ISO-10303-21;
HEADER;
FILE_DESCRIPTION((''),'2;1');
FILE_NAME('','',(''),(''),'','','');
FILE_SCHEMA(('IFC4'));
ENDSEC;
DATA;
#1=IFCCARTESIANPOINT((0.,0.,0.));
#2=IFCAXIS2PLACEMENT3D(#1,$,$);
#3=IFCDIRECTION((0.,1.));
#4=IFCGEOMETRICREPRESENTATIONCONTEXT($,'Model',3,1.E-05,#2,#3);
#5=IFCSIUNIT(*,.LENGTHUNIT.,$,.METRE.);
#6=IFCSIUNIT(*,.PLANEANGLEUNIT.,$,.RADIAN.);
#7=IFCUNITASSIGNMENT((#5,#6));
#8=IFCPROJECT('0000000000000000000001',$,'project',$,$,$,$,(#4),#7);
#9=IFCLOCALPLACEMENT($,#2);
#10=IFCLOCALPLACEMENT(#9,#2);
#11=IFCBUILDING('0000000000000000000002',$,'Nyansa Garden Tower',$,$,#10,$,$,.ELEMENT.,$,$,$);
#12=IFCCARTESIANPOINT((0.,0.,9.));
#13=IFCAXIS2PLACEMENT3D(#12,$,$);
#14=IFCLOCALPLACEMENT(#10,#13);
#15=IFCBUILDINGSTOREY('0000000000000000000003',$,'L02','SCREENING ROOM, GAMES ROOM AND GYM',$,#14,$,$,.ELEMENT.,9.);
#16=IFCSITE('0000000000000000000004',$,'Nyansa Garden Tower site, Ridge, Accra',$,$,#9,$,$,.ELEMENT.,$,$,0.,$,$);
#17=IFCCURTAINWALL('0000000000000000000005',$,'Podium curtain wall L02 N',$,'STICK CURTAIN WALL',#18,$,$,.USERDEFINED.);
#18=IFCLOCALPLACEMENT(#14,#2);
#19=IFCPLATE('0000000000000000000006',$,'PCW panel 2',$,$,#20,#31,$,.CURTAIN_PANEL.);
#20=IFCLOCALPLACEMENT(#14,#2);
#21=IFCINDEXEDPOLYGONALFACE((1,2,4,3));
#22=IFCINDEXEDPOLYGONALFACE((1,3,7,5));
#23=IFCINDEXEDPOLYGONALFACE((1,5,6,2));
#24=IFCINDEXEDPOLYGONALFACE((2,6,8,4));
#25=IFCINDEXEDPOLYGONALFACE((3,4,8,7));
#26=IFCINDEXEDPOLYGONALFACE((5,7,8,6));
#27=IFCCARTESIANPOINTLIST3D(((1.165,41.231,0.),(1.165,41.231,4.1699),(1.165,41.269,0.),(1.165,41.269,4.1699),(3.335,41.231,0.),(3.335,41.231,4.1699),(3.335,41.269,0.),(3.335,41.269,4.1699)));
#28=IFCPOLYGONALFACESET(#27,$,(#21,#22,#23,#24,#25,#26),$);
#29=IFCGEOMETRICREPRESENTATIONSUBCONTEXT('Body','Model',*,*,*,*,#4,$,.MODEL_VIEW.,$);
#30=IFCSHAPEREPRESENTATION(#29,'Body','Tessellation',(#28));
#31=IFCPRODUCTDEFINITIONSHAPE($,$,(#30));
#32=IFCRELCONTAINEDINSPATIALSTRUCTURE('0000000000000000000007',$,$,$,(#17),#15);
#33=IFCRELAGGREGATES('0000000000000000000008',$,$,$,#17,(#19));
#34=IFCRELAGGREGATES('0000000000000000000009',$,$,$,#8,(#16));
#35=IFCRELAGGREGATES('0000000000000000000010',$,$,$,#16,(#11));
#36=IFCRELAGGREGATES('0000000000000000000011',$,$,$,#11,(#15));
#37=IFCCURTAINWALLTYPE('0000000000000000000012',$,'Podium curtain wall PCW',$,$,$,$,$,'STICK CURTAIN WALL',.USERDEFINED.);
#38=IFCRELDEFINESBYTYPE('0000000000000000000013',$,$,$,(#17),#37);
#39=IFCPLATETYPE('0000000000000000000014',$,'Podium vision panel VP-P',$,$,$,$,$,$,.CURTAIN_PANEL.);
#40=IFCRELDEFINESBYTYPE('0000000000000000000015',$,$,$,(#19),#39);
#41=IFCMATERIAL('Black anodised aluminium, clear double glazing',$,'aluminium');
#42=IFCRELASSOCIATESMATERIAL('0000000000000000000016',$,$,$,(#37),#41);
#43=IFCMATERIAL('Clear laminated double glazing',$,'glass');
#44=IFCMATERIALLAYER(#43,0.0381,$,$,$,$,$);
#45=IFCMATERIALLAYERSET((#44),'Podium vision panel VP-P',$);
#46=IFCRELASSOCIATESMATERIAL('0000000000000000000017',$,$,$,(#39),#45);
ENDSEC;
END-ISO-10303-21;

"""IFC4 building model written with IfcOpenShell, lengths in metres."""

from ifc_helpers import new_model, si_unit, direction, frame, origin, origin_2d, place, context, subcontext, project, spatial, rectangle, extrude, material, layer, layer_set, type_object, element, aggregate, save


model = new_model("IFC4")

# Units and contexts
model_context = context("Model", 3, precision=1e-05, world=origin(), true_north=direction((0.0, 1.0)))
body_context = subcontext(model_context, "Body", "Model", "MODEL_VIEW")
ifc_project = project(units=[si_unit("LENGTHUNIT", "METRE"), si_unit("PLANEANGLEUNIT", "RADIAN")], contexts=[model_context])

# Site, building, storey
site_placement = place(None, origin())
site = spatial("IfcSite", under=ifc_project, at=site_placement, Name="Nyansa Garden Tower site, Ridge, Accra", CompositionType="ELEMENT", RefElevation=0.0)
building_placement = place(site_placement, origin())
building = spatial("IfcBuilding", under=site, at=building_placement, Name="Nyansa Garden Tower", CompositionType="ELEMENT")
storey_placement = place(building_placement, frame((0.0, 0.0, 9.0)))
storey = spatial("IfcBuildingStorey", under=building, at=storey_placement, Name="L02", Description="SCREENING ROOM, GAMES ROOM AND GYM", CompositionType="ELEMENT", Elevation=9.0)

# Curtain wall
ifc_material_1 = material(Name="Black anodised aluminium, clear double glazing", Category="aluminium")
curtain_wall_type = type_object("IfcCurtainWallType", Name="Podium curtain wall PCW", ElementType="STICK CURTAIN WALL", PredefinedType="USERDEFINED", material=ifc_material_1)
curtain_wall_1_placement = place(storey_placement, origin())
curtain_wall_1 = element("IfcCurtainWall", 1, at=curtain_wall_1_placement, inside=storey, type_object=curtain_wall_type, Name="Podium curtain wall L02 N", ObjectType="STICK CURTAIN WALL", PredefinedType="USERDEFINED")

# Plate
ifc_material_2 = material(Name="Clear laminated double glazing", Category="glass")
ifc_layer = layer(ifc_material_2, 0.0381)
ifc_layer_set = layer_set([ifc_layer], Name="Podium vision panel VP-P")
plate_type = type_object("IfcPlateType", Name="Podium vision panel VP-P", PredefinedType="CURTAIN_PANEL", material=ifc_layer_set)
plate_1_placement = place(storey_placement, frame((2.25, 41.25, 0.0), z_axis=(0.0, 0.0, 1.0), x_axis=(-1.0, 0.0, 0.0)))
plate_1 = element("IfcPlate", 2, at=plate_1_placement, type_object=plate_type, Name="PCW panel 2", PredefinedType="CURTAIN_PANEL", context=body_context, shape_type="SweptSolid", body=[
    extrude(rectangle(XDim=2.1699, YDim=0.0381, at=origin_2d()), origin(), (0.0, 0.0, 1.0), 4.1699),
])
aggregate(curtain_wall_1, [plate_1])

save(model, "model.ifc")
